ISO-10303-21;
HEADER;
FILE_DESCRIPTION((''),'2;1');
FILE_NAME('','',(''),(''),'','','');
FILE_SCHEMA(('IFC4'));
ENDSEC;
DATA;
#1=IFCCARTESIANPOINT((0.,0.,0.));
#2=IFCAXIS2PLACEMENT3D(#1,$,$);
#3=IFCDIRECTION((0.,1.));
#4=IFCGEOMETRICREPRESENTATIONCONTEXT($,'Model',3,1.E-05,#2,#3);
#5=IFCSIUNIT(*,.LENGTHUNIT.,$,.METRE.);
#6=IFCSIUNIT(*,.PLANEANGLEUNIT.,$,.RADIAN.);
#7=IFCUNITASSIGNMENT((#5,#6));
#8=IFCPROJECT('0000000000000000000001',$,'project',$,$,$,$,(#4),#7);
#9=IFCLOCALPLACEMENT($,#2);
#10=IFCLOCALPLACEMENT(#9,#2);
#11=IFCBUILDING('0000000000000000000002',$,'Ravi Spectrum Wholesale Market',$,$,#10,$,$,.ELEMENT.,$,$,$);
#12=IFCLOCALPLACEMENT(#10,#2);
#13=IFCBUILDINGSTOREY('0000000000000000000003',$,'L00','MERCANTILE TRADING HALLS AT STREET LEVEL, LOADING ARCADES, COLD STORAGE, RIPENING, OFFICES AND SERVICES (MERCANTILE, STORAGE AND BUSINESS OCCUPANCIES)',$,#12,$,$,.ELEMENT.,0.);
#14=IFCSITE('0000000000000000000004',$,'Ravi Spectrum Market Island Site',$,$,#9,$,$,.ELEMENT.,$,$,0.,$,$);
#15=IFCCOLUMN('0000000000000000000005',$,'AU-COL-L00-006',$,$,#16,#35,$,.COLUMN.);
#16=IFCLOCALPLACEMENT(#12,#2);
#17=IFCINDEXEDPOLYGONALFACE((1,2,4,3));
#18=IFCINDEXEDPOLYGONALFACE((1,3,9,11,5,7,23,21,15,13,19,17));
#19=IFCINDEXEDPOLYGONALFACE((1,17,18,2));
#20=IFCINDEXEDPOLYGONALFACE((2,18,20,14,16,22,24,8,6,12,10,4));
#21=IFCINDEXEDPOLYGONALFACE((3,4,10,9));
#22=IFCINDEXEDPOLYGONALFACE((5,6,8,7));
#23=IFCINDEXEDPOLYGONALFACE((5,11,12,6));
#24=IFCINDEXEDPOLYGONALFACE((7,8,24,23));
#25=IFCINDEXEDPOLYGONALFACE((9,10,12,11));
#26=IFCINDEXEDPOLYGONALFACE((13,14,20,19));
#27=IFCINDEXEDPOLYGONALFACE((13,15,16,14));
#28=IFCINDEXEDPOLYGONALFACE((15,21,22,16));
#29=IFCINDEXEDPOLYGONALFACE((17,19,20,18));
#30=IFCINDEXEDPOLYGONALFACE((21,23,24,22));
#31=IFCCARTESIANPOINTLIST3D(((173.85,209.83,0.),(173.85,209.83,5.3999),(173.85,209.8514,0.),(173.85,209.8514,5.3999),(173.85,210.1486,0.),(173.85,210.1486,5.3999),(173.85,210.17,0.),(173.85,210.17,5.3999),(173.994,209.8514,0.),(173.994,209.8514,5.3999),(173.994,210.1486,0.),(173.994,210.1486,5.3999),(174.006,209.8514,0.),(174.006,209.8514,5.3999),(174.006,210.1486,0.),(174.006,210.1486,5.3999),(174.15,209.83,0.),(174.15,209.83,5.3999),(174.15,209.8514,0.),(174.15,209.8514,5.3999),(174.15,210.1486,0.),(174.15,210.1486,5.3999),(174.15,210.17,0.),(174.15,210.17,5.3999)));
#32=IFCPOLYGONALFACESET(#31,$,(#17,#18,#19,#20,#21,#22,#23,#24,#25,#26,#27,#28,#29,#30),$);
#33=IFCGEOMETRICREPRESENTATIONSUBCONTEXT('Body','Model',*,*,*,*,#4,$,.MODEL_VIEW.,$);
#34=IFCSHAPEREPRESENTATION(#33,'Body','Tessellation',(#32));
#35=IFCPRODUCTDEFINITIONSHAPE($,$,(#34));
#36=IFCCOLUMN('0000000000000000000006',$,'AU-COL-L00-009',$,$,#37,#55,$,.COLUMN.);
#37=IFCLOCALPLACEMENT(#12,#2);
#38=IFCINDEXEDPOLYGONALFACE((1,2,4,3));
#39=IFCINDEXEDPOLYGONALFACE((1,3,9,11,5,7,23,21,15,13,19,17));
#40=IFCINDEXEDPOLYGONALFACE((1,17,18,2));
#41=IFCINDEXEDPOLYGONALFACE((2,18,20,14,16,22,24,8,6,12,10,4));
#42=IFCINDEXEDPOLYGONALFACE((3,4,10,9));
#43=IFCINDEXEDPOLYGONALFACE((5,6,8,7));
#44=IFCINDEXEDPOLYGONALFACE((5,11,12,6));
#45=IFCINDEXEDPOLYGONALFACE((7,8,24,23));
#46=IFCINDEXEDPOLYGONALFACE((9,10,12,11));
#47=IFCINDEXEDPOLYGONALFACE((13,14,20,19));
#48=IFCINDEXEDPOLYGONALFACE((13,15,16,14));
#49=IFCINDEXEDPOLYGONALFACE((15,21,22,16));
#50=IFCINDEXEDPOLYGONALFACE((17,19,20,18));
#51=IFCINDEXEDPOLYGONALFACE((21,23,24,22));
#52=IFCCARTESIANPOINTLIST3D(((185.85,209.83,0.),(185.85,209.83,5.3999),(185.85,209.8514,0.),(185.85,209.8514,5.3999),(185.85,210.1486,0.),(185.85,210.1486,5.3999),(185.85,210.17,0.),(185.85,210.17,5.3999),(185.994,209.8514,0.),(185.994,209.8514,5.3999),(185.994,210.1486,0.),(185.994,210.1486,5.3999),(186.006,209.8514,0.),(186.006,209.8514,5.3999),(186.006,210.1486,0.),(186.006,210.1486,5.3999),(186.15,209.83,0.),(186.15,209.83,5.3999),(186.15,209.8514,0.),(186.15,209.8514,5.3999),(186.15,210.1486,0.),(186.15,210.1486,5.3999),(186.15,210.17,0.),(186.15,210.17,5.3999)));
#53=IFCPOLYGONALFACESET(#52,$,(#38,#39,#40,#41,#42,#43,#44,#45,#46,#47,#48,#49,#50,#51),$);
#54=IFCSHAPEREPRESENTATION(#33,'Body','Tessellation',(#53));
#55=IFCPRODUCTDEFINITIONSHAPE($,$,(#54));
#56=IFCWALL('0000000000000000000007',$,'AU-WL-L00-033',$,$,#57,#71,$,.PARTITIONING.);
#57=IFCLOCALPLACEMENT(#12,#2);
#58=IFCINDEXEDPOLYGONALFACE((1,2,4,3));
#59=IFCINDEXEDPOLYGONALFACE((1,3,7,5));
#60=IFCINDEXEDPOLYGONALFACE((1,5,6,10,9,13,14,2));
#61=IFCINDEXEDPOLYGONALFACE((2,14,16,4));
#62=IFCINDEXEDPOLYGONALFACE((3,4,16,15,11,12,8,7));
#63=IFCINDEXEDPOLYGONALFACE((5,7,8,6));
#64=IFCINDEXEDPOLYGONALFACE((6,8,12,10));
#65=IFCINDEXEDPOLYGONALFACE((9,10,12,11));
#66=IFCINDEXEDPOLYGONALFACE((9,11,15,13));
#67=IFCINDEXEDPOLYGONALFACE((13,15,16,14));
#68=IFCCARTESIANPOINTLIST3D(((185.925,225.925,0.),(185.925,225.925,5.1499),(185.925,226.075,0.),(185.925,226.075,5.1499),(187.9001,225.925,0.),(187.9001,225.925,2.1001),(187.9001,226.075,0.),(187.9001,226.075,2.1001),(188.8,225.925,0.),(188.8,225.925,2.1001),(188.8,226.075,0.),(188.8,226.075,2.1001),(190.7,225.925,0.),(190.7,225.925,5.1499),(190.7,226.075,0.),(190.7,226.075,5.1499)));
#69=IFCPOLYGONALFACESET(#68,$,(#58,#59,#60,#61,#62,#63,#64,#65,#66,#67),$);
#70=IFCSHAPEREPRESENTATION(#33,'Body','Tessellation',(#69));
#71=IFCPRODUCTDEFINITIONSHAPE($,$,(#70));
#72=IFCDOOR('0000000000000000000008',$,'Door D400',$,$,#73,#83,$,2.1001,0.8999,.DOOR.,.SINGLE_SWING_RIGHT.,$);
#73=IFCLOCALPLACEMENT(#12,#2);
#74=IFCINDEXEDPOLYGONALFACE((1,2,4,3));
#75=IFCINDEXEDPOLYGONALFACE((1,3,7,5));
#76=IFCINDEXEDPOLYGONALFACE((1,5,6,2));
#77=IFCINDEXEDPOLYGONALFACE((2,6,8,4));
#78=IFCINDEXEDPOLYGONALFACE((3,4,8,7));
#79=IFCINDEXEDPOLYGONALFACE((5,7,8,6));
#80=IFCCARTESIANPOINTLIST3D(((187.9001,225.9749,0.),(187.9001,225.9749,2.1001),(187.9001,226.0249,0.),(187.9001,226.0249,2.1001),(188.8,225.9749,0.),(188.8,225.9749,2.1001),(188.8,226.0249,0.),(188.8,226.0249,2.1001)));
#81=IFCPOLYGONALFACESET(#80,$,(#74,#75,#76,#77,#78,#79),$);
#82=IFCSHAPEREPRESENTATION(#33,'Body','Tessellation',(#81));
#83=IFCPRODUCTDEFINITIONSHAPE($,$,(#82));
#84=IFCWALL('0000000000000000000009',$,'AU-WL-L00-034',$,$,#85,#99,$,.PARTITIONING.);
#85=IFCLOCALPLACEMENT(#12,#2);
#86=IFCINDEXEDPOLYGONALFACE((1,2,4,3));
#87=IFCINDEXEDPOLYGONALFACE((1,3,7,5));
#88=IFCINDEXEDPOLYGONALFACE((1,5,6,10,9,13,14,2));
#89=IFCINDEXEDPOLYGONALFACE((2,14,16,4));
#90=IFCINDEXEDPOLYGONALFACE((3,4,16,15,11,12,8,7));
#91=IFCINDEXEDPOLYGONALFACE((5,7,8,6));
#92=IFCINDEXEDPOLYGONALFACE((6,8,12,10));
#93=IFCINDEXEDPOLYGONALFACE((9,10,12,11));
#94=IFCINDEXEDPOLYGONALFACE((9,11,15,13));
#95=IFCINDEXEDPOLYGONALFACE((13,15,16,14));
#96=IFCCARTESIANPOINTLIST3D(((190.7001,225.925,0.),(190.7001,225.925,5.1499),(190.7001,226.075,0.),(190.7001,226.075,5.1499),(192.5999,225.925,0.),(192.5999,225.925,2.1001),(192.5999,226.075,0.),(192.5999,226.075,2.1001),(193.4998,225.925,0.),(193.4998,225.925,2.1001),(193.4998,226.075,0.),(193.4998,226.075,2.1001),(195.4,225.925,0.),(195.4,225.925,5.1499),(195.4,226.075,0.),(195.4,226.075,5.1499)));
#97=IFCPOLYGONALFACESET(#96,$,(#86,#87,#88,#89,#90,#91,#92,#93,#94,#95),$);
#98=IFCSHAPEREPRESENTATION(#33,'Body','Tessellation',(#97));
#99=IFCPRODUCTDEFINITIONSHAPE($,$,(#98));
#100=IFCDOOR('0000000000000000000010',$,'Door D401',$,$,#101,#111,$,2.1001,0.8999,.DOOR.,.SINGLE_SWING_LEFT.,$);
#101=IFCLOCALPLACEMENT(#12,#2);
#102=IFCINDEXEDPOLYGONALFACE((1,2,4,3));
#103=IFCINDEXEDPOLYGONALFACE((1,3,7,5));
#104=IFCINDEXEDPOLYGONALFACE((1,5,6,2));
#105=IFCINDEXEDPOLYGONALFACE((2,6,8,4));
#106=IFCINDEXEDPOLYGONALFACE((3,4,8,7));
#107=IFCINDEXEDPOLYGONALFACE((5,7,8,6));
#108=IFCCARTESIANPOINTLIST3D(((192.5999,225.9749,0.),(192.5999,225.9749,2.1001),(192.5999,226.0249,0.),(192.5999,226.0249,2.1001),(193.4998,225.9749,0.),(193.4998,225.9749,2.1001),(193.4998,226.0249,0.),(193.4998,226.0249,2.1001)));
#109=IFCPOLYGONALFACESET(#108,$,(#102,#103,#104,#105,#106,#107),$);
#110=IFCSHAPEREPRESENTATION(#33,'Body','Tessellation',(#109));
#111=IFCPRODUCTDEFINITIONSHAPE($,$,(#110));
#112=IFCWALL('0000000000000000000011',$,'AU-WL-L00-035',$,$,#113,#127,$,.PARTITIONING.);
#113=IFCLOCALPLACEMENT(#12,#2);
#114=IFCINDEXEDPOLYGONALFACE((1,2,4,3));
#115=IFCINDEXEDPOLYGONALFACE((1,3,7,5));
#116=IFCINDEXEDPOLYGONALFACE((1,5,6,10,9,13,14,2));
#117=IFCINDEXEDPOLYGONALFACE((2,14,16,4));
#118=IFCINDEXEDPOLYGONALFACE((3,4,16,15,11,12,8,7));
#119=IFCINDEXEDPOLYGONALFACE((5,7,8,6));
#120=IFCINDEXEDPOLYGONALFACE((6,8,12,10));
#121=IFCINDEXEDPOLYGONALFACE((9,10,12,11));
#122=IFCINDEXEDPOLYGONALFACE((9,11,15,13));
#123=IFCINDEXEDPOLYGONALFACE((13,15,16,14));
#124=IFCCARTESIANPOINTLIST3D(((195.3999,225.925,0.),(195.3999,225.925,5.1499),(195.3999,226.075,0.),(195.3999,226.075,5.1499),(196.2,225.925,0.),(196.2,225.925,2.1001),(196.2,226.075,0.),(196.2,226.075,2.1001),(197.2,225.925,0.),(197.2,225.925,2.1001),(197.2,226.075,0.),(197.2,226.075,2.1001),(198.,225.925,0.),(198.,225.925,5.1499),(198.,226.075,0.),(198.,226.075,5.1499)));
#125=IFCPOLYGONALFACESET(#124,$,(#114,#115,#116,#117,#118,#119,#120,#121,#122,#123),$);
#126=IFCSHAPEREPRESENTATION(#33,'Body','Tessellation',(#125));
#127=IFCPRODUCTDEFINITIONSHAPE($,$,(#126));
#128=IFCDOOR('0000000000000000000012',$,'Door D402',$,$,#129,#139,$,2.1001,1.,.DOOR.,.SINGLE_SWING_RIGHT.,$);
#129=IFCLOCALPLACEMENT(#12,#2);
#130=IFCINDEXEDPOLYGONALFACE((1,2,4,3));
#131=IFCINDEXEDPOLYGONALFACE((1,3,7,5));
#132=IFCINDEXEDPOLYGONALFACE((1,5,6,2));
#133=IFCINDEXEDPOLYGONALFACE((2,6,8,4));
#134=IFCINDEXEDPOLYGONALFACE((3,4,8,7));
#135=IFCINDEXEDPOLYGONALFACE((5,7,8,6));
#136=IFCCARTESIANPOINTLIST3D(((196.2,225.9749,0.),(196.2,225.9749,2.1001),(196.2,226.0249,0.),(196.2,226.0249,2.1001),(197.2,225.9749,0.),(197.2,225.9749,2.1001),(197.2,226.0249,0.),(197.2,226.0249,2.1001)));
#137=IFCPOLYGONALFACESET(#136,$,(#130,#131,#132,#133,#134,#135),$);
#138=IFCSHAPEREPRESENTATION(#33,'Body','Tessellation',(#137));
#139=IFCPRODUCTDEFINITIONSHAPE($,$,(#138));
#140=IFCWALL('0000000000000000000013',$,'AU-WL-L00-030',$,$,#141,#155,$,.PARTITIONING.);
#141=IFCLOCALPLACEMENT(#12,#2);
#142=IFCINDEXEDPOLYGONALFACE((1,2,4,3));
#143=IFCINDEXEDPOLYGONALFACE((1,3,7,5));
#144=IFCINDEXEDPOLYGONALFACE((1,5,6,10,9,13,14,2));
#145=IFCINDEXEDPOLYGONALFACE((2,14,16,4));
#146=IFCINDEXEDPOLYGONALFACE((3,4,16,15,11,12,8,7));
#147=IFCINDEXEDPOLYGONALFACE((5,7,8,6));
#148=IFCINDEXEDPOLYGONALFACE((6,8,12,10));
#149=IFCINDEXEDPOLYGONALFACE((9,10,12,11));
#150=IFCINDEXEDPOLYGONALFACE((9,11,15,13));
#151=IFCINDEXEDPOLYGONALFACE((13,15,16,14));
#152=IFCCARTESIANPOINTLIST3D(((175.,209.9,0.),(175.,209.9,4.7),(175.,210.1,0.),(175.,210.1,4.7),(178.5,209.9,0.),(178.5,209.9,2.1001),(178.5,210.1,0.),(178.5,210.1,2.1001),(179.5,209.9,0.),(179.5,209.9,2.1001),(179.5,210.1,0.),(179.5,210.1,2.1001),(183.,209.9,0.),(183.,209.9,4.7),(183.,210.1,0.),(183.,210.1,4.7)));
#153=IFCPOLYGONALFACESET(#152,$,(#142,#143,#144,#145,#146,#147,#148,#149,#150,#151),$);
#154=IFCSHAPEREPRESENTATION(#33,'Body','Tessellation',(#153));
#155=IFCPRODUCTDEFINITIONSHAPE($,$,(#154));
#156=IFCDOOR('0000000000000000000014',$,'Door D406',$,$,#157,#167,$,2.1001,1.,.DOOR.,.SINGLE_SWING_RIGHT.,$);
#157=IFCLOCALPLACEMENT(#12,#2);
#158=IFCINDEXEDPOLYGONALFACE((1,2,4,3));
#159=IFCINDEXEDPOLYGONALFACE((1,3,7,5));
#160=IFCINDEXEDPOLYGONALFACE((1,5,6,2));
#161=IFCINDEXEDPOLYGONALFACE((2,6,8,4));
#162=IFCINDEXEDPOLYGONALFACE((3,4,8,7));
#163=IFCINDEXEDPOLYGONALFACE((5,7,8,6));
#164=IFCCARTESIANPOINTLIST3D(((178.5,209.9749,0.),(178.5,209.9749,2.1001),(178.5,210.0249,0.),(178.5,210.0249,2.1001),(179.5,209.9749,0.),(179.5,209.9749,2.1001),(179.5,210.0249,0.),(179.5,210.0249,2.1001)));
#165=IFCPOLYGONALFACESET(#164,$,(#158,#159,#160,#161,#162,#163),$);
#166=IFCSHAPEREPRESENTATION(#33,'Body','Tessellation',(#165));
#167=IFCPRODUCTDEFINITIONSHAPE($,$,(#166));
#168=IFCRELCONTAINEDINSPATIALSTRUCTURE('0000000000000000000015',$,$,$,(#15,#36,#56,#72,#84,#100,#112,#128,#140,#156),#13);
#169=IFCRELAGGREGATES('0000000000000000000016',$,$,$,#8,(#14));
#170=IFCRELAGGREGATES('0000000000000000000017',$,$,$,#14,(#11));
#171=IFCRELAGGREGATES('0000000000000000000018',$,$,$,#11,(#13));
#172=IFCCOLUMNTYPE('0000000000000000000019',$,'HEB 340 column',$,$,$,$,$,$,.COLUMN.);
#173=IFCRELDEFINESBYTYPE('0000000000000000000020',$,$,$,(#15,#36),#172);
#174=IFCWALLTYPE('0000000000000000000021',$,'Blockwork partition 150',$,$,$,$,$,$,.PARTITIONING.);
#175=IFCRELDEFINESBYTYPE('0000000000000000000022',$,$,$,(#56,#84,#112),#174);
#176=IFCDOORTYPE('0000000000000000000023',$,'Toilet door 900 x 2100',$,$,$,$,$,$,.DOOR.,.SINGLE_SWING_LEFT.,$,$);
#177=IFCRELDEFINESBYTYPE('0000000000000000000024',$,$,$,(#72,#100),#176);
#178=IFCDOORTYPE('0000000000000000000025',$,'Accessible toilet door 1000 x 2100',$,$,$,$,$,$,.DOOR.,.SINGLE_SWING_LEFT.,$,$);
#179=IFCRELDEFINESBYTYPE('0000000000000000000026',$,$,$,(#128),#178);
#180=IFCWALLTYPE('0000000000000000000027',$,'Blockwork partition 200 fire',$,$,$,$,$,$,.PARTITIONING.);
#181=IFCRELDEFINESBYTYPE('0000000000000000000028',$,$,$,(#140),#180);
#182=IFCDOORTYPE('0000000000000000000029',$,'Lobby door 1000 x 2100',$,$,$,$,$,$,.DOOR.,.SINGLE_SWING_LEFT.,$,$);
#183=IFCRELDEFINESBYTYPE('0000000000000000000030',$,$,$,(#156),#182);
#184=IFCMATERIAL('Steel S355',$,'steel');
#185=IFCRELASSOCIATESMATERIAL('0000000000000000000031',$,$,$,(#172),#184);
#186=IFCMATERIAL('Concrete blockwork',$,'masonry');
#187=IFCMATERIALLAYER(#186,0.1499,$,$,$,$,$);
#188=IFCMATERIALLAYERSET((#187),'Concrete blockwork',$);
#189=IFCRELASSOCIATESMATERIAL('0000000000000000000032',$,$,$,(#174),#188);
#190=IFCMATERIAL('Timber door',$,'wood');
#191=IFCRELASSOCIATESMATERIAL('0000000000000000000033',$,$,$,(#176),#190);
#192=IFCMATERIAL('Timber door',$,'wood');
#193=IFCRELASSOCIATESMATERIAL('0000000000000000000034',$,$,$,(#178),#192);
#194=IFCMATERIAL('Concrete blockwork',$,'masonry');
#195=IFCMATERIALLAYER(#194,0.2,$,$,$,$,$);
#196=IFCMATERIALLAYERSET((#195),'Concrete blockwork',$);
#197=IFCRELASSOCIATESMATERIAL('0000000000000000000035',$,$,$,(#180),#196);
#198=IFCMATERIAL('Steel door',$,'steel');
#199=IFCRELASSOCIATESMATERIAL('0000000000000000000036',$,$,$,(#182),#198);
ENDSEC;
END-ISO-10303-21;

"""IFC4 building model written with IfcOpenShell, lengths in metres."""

from ifc_helpers import new_model, si_unit, direction, frame, frame_2d, origin, origin_2d, place, context, subcontext, project, spatial, rectangle, i_section, extrude, material, layer, layer_set, material_profile, profile_set, type_object, element, fill, save


model = new_model("IFC4")

# Units and contexts
model_context = context("Model", 3, precision=1e-05, world=origin(), true_north=direction((0.0, 1.0)))
body_context = subcontext(model_context, "Body", "Model", "MODEL_VIEW")
ifc_project = project(units=[si_unit("LENGTHUNIT", "METRE"), si_unit("PLANEANGLEUNIT", "RADIAN")], contexts=[model_context])

# Site, building, storey
site_placement = place(None, origin())
site = spatial("IfcSite", under=ifc_project, at=site_placement, Name="Ravi Spectrum Market Island Site", CompositionType="ELEMENT", RefElevation=0.0)
building_placement = place(site_placement, origin())
building = spatial("IfcBuilding", under=site, at=building_placement, Name="Ravi Spectrum Wholesale Market", CompositionType="ELEMENT")
storey_placement = place(building_placement, origin())
storey = spatial("IfcBuildingStorey", under=building, at=storey_placement, Name="L00", Description="MERCANTILE TRADING HALLS AT STREET LEVEL, LOADING ARCADES, COLD STORAGE, RIPENING, OFFICES AND SERVICES (MERCANTILE, STORAGE AND BUSINESS OCCUPANCIES)", CompositionType="ELEMENT", Elevation=0.0)

# Columns
ifc_material_1 = material(Name="Steel S355", Category="steel")
ifc_material_profile_1 = material_profile(ifc_material_1, i_section(OverallWidth=0.3, OverallDepth=0.3401, WebThickness=0.012, FlangeThickness=0.0215, at=origin_2d()))
ifc_profile_set_1 = profile_set([ifc_material_profile_1], Name="Steel S355")
column_type_1 = type_object("IfcColumnType", Name="HEB 340 column", PredefinedType="COLUMN", material=ifc_profile_set_1)
for number, where, z_axis, x_axis, name in (
    (1, (174.0, 210.0, 0.0), (0.0, 0.0, 1.0), (1.0, 0.0, 0.0), "AU-COL-L00-006"),
    (2, (186.0, 210.0, 0.0), (0.0, 0.0, 1.0), (1.0, 0.0, 0.0), "AU-COL-L00-009"),
):
    element("IfcColumn", number, at=place(storey_placement, frame(where, z_axis=z_axis, x_axis=x_axis)), inside=storey, type_object=column_type_1, Name=name, PredefinedType="COLUMN", context=body_context, shape_type="SweptSolid", body=[
        extrude(i_section(OverallWidth=0.3, OverallDepth=0.3401, WebThickness=0.012, FlangeThickness=0.0215, at=origin_2d()), origin(), (0.0, 0.0, 1.0), 5.3999),
    ])

# Walls, openings, doors
ifc_material_2 = material(Name="Concrete blockwork", Category="masonry")
ifc_layer_1 = layer(ifc_material_2, 0.1499)
ifc_layer_set_1 = layer_set([ifc_layer_1], Name="Concrete blockwork")
wall_type_1 = type_object("IfcWallType", Name="Blockwork partition 150", PredefinedType="PARTITIONING", material=ifc_layer_set_1)
wall_1_placement = place(storey_placement, frame((185.925, 226.0, 0.0), z_axis=(0.0, 0.0, 1.0), x_axis=(1.0, 0.0, 0.0)))
wall_1 = element("IfcWall", 3, at=wall_1_placement, inside=storey, type_object=wall_type_1, Name="AU-WL-L00-033", PredefinedType="PARTITIONING", context=body_context, shape_type="SweptSolid", body=[
    extrude(rectangle(XDim=4.7749, YDim=0.1499, at=frame_2d((2.3875, 0.0))), origin(), (0.0, 0.0, 1.0), 5.1499),
])
opening_1_placement = place(wall_1_placement, frame((1.9751, 0.0, 0.0)))
opening_1 = element("IfcOpeningElement", 4, at=opening_1_placement, cuts=wall_1, PredefinedType="OPENING", context=body_context, shape_type="SweptSolid", body=[
    extrude(rectangle(XDim=0.8999, YDim=2.1001, at=frame_2d((0.45, 1.05))), frame((0.0, 0.085, 0.0), z_axis=(0.0, -1.0, 0.0), x_axis=(1.0, 0.0, 0.0)), (0.0, 0.0, 1.0), 0.1699),
])
ifc_material_3 = material(Name="Timber door", Category="wood")
door_type_1 = type_object("IfcDoorType", Name="Toilet door 900 x 2100", OperationType="SINGLE_SWING_LEFT", PredefinedType="DOOR", material=ifc_material_3)
door_1_placement = place(opening_1_placement, origin())
door_1 = element("IfcDoor", 5, at=door_1_placement, inside=storey, type_object=door_type_1, Name="Door D400", OperationType="SINGLE_SWING_RIGHT", OverallHeight=2.1001, OverallWidth=0.8999, PredefinedType="DOOR", context=body_context, shape_type="SweptSolid", body=[
    extrude(rectangle(XDim=0.8999, YDim=2.1001, at=frame_2d((0.45, 1.05))), frame((0.0, 0.0249, 0.0), z_axis=(0.0, -1.0, 0.0), x_axis=(1.0, 0.0, 0.0)), (0.0, 0.0, 1.0), 0.05),
])
fill(opening_1, door_1)
wall_2_placement = place(storey_placement, frame((190.7, 226.0, 0.0), z_axis=(0.0, 0.0, 1.0), x_axis=(1.0, 0.0, 0.0)))
wall_2 = element("IfcWall", 6, at=wall_2_placement, inside=storey, type_object=wall_type_1, Name="AU-WL-L00-034", PredefinedType="PARTITIONING", context=body_context, shape_type="SweptSolid", body=[
    extrude(rectangle(XDim=4.7, YDim=0.1499, at=frame_2d((2.3501, 0.0))), origin(), (0.0, 0.0, 1.0), 5.1499),
])
opening_2_placement = place(wall_2_placement, frame((1.8999, 0.0, 0.0)))
opening_2 = element("IfcOpeningElement", 7, at=opening_2_placement, cuts=wall_2, PredefinedType="OPENING", context=body_context, shape_type="SweptSolid", body=[
    extrude(rectangle(XDim=0.8999, YDim=2.1001, at=frame_2d((0.45, 1.05))), frame((0.0, 0.085, 0.0), z_axis=(0.0, -1.0, 0.0), x_axis=(1.0, 0.0, 0.0)), (0.0, 0.0, 1.0), 0.1699),
])
door_2_placement = place(opening_2_placement, origin())
door_2 = element("IfcDoor", 8, at=door_2_placement, inside=storey, type_object=door_type_1, Name="Door D401", OperationType="SINGLE_SWING_LEFT", OverallHeight=2.1001, OverallWidth=0.8999, PredefinedType="DOOR", context=body_context, shape_type="SweptSolid", body=[
    extrude(rectangle(XDim=0.8999, YDim=2.1001, at=frame_2d((0.45, 1.05))), frame((0.0, 0.0249, 0.0), z_axis=(0.0, -1.0, 0.0), x_axis=(1.0, 0.0, 0.0)), (0.0, 0.0, 1.0), 0.05),
])
fill(opening_2, door_2)
wall_3_placement = place(storey_placement, frame((195.3999, 226.0, 0.0), z_axis=(0.0, 0.0, 1.0), x_axis=(1.0, 0.0, 0.0)))
wall_3 = element("IfcWall", 9, at=wall_3_placement, inside=storey, type_object=wall_type_1, Name="AU-WL-L00-035", PredefinedType="PARTITIONING", context=body_context, shape_type="SweptSolid", body=[
    extrude(rectangle(XDim=2.6001, YDim=0.1499, at=frame_2d((1.3, 0.0))), origin(), (0.0, 0.0, 1.0), 5.1499),
])
opening_3_placement = place(wall_3_placement, frame((0.8, 0.0, 0.0)))
opening_3 = element("IfcOpeningElement", 10, at=opening_3_placement, cuts=wall_3, PredefinedType="OPENING", context=body_context, shape_type="SweptSolid", body=[
    extrude(rectangle(XDim=1.0, YDim=2.1001, at=frame_2d((0.5, 1.05))), frame((0.0, 0.085, 0.0), z_axis=(0.0, -1.0, 0.0), x_axis=(1.0, 0.0, 0.0)), (0.0, 0.0, 1.0), 0.1699),
])
ifc_material_4 = material(Name="Timber door", Category="wood")
door_type_2 = type_object("IfcDoorType", Name="Accessible toilet door 1000 x 2100", OperationType="SINGLE_SWING_LEFT", PredefinedType="DOOR", material=ifc_material_4)
door_3_placement = place(opening_3_placement, origin())
door_3 = element("IfcDoor", 11, at=door_3_placement, inside=storey, type_object=door_type_2, Name="Door D402", OperationType="SINGLE_SWING_RIGHT", OverallHeight=2.1001, OverallWidth=1.0, PredefinedType="DOOR", context=body_context, shape_type="SweptSolid", body=[
    extrude(rectangle(XDim=1.0, YDim=2.1001, at=frame_2d((0.5, 1.05))), frame((0.0, 0.0249, 0.0), z_axis=(0.0, -1.0, 0.0), x_axis=(1.0, 0.0, 0.0)), (0.0, 0.0, 1.0), 0.05),
])
fill(opening_3, door_3)
ifc_material_5 = material(Name="Concrete blockwork", Category="masonry")
ifc_layer_2 = layer(ifc_material_5, 0.2)
ifc_layer_set_2 = layer_set([ifc_layer_2], Name="Concrete blockwork")
wall_type_2 = type_object("IfcWallType", Name="Blockwork partition 200 fire", PredefinedType="PARTITIONING", material=ifc_layer_set_2)
wall_4_placement = place(storey_placement, frame((175.0, 210.0, 0.0), z_axis=(0.0, 0.0, 1.0), x_axis=(1.0, 0.0, 0.0)))
wall_4 = element("IfcWall", 12, at=wall_4_placement, inside=storey, type_object=wall_type_2, Name="AU-WL-L00-030", PredefinedType="PARTITIONING", context=body_context, shape_type="SweptSolid", body=[
    extrude(rectangle(XDim=8.0, YDim=0.2, at=frame_2d((4.0, 0.0))), origin(), (0.0, 0.0, 1.0), 4.7),
])
opening_4_placement = place(wall_4_placement, frame((3.5, 0.0, 0.0)))
opening_4 = element("IfcOpeningElement", 13, at=opening_4_placement, cuts=wall_4, PredefinedType="OPENING", context=body_context, shape_type="SweptSolid", body=[
    extrude(rectangle(XDim=1.0, YDim=2.1001, at=frame_2d((0.5, 1.05))), frame((0.0, 0.1099, 0.0), z_axis=(0.0, -1.0, 0.0), x_axis=(1.0, 0.0, 0.0)), (0.0, 0.0, 1.0), 0.22),
])
ifc_material_6 = material(Name="Steel door", Category="steel")
door_type_3 = type_object("IfcDoorType", Name="Lobby door 1000 x 2100", OperationType="SINGLE_SWING_LEFT", PredefinedType="DOOR", material=ifc_material_6)
door_4_placement = place(opening_4_placement, origin())
door_4 = element("IfcDoor", 14, at=door_4_placement, inside=storey, type_object=door_type_3, Name="Door D406", OperationType="SINGLE_SWING_RIGHT", OverallHeight=2.1001, OverallWidth=1.0, PredefinedType="DOOR", context=body_context, shape_type="SweptSolid", body=[
    extrude(rectangle(XDim=1.0, YDim=2.1001, at=frame_2d((0.5, 1.05))), frame((0.0, 0.0249, 0.0), z_axis=(0.0, -1.0, 0.0), x_axis=(1.0, 0.0, 0.0)), (0.0, 0.0, 1.0), 0.05),
])
fill(opening_4, door_4)

save(model, "model.ifc")
